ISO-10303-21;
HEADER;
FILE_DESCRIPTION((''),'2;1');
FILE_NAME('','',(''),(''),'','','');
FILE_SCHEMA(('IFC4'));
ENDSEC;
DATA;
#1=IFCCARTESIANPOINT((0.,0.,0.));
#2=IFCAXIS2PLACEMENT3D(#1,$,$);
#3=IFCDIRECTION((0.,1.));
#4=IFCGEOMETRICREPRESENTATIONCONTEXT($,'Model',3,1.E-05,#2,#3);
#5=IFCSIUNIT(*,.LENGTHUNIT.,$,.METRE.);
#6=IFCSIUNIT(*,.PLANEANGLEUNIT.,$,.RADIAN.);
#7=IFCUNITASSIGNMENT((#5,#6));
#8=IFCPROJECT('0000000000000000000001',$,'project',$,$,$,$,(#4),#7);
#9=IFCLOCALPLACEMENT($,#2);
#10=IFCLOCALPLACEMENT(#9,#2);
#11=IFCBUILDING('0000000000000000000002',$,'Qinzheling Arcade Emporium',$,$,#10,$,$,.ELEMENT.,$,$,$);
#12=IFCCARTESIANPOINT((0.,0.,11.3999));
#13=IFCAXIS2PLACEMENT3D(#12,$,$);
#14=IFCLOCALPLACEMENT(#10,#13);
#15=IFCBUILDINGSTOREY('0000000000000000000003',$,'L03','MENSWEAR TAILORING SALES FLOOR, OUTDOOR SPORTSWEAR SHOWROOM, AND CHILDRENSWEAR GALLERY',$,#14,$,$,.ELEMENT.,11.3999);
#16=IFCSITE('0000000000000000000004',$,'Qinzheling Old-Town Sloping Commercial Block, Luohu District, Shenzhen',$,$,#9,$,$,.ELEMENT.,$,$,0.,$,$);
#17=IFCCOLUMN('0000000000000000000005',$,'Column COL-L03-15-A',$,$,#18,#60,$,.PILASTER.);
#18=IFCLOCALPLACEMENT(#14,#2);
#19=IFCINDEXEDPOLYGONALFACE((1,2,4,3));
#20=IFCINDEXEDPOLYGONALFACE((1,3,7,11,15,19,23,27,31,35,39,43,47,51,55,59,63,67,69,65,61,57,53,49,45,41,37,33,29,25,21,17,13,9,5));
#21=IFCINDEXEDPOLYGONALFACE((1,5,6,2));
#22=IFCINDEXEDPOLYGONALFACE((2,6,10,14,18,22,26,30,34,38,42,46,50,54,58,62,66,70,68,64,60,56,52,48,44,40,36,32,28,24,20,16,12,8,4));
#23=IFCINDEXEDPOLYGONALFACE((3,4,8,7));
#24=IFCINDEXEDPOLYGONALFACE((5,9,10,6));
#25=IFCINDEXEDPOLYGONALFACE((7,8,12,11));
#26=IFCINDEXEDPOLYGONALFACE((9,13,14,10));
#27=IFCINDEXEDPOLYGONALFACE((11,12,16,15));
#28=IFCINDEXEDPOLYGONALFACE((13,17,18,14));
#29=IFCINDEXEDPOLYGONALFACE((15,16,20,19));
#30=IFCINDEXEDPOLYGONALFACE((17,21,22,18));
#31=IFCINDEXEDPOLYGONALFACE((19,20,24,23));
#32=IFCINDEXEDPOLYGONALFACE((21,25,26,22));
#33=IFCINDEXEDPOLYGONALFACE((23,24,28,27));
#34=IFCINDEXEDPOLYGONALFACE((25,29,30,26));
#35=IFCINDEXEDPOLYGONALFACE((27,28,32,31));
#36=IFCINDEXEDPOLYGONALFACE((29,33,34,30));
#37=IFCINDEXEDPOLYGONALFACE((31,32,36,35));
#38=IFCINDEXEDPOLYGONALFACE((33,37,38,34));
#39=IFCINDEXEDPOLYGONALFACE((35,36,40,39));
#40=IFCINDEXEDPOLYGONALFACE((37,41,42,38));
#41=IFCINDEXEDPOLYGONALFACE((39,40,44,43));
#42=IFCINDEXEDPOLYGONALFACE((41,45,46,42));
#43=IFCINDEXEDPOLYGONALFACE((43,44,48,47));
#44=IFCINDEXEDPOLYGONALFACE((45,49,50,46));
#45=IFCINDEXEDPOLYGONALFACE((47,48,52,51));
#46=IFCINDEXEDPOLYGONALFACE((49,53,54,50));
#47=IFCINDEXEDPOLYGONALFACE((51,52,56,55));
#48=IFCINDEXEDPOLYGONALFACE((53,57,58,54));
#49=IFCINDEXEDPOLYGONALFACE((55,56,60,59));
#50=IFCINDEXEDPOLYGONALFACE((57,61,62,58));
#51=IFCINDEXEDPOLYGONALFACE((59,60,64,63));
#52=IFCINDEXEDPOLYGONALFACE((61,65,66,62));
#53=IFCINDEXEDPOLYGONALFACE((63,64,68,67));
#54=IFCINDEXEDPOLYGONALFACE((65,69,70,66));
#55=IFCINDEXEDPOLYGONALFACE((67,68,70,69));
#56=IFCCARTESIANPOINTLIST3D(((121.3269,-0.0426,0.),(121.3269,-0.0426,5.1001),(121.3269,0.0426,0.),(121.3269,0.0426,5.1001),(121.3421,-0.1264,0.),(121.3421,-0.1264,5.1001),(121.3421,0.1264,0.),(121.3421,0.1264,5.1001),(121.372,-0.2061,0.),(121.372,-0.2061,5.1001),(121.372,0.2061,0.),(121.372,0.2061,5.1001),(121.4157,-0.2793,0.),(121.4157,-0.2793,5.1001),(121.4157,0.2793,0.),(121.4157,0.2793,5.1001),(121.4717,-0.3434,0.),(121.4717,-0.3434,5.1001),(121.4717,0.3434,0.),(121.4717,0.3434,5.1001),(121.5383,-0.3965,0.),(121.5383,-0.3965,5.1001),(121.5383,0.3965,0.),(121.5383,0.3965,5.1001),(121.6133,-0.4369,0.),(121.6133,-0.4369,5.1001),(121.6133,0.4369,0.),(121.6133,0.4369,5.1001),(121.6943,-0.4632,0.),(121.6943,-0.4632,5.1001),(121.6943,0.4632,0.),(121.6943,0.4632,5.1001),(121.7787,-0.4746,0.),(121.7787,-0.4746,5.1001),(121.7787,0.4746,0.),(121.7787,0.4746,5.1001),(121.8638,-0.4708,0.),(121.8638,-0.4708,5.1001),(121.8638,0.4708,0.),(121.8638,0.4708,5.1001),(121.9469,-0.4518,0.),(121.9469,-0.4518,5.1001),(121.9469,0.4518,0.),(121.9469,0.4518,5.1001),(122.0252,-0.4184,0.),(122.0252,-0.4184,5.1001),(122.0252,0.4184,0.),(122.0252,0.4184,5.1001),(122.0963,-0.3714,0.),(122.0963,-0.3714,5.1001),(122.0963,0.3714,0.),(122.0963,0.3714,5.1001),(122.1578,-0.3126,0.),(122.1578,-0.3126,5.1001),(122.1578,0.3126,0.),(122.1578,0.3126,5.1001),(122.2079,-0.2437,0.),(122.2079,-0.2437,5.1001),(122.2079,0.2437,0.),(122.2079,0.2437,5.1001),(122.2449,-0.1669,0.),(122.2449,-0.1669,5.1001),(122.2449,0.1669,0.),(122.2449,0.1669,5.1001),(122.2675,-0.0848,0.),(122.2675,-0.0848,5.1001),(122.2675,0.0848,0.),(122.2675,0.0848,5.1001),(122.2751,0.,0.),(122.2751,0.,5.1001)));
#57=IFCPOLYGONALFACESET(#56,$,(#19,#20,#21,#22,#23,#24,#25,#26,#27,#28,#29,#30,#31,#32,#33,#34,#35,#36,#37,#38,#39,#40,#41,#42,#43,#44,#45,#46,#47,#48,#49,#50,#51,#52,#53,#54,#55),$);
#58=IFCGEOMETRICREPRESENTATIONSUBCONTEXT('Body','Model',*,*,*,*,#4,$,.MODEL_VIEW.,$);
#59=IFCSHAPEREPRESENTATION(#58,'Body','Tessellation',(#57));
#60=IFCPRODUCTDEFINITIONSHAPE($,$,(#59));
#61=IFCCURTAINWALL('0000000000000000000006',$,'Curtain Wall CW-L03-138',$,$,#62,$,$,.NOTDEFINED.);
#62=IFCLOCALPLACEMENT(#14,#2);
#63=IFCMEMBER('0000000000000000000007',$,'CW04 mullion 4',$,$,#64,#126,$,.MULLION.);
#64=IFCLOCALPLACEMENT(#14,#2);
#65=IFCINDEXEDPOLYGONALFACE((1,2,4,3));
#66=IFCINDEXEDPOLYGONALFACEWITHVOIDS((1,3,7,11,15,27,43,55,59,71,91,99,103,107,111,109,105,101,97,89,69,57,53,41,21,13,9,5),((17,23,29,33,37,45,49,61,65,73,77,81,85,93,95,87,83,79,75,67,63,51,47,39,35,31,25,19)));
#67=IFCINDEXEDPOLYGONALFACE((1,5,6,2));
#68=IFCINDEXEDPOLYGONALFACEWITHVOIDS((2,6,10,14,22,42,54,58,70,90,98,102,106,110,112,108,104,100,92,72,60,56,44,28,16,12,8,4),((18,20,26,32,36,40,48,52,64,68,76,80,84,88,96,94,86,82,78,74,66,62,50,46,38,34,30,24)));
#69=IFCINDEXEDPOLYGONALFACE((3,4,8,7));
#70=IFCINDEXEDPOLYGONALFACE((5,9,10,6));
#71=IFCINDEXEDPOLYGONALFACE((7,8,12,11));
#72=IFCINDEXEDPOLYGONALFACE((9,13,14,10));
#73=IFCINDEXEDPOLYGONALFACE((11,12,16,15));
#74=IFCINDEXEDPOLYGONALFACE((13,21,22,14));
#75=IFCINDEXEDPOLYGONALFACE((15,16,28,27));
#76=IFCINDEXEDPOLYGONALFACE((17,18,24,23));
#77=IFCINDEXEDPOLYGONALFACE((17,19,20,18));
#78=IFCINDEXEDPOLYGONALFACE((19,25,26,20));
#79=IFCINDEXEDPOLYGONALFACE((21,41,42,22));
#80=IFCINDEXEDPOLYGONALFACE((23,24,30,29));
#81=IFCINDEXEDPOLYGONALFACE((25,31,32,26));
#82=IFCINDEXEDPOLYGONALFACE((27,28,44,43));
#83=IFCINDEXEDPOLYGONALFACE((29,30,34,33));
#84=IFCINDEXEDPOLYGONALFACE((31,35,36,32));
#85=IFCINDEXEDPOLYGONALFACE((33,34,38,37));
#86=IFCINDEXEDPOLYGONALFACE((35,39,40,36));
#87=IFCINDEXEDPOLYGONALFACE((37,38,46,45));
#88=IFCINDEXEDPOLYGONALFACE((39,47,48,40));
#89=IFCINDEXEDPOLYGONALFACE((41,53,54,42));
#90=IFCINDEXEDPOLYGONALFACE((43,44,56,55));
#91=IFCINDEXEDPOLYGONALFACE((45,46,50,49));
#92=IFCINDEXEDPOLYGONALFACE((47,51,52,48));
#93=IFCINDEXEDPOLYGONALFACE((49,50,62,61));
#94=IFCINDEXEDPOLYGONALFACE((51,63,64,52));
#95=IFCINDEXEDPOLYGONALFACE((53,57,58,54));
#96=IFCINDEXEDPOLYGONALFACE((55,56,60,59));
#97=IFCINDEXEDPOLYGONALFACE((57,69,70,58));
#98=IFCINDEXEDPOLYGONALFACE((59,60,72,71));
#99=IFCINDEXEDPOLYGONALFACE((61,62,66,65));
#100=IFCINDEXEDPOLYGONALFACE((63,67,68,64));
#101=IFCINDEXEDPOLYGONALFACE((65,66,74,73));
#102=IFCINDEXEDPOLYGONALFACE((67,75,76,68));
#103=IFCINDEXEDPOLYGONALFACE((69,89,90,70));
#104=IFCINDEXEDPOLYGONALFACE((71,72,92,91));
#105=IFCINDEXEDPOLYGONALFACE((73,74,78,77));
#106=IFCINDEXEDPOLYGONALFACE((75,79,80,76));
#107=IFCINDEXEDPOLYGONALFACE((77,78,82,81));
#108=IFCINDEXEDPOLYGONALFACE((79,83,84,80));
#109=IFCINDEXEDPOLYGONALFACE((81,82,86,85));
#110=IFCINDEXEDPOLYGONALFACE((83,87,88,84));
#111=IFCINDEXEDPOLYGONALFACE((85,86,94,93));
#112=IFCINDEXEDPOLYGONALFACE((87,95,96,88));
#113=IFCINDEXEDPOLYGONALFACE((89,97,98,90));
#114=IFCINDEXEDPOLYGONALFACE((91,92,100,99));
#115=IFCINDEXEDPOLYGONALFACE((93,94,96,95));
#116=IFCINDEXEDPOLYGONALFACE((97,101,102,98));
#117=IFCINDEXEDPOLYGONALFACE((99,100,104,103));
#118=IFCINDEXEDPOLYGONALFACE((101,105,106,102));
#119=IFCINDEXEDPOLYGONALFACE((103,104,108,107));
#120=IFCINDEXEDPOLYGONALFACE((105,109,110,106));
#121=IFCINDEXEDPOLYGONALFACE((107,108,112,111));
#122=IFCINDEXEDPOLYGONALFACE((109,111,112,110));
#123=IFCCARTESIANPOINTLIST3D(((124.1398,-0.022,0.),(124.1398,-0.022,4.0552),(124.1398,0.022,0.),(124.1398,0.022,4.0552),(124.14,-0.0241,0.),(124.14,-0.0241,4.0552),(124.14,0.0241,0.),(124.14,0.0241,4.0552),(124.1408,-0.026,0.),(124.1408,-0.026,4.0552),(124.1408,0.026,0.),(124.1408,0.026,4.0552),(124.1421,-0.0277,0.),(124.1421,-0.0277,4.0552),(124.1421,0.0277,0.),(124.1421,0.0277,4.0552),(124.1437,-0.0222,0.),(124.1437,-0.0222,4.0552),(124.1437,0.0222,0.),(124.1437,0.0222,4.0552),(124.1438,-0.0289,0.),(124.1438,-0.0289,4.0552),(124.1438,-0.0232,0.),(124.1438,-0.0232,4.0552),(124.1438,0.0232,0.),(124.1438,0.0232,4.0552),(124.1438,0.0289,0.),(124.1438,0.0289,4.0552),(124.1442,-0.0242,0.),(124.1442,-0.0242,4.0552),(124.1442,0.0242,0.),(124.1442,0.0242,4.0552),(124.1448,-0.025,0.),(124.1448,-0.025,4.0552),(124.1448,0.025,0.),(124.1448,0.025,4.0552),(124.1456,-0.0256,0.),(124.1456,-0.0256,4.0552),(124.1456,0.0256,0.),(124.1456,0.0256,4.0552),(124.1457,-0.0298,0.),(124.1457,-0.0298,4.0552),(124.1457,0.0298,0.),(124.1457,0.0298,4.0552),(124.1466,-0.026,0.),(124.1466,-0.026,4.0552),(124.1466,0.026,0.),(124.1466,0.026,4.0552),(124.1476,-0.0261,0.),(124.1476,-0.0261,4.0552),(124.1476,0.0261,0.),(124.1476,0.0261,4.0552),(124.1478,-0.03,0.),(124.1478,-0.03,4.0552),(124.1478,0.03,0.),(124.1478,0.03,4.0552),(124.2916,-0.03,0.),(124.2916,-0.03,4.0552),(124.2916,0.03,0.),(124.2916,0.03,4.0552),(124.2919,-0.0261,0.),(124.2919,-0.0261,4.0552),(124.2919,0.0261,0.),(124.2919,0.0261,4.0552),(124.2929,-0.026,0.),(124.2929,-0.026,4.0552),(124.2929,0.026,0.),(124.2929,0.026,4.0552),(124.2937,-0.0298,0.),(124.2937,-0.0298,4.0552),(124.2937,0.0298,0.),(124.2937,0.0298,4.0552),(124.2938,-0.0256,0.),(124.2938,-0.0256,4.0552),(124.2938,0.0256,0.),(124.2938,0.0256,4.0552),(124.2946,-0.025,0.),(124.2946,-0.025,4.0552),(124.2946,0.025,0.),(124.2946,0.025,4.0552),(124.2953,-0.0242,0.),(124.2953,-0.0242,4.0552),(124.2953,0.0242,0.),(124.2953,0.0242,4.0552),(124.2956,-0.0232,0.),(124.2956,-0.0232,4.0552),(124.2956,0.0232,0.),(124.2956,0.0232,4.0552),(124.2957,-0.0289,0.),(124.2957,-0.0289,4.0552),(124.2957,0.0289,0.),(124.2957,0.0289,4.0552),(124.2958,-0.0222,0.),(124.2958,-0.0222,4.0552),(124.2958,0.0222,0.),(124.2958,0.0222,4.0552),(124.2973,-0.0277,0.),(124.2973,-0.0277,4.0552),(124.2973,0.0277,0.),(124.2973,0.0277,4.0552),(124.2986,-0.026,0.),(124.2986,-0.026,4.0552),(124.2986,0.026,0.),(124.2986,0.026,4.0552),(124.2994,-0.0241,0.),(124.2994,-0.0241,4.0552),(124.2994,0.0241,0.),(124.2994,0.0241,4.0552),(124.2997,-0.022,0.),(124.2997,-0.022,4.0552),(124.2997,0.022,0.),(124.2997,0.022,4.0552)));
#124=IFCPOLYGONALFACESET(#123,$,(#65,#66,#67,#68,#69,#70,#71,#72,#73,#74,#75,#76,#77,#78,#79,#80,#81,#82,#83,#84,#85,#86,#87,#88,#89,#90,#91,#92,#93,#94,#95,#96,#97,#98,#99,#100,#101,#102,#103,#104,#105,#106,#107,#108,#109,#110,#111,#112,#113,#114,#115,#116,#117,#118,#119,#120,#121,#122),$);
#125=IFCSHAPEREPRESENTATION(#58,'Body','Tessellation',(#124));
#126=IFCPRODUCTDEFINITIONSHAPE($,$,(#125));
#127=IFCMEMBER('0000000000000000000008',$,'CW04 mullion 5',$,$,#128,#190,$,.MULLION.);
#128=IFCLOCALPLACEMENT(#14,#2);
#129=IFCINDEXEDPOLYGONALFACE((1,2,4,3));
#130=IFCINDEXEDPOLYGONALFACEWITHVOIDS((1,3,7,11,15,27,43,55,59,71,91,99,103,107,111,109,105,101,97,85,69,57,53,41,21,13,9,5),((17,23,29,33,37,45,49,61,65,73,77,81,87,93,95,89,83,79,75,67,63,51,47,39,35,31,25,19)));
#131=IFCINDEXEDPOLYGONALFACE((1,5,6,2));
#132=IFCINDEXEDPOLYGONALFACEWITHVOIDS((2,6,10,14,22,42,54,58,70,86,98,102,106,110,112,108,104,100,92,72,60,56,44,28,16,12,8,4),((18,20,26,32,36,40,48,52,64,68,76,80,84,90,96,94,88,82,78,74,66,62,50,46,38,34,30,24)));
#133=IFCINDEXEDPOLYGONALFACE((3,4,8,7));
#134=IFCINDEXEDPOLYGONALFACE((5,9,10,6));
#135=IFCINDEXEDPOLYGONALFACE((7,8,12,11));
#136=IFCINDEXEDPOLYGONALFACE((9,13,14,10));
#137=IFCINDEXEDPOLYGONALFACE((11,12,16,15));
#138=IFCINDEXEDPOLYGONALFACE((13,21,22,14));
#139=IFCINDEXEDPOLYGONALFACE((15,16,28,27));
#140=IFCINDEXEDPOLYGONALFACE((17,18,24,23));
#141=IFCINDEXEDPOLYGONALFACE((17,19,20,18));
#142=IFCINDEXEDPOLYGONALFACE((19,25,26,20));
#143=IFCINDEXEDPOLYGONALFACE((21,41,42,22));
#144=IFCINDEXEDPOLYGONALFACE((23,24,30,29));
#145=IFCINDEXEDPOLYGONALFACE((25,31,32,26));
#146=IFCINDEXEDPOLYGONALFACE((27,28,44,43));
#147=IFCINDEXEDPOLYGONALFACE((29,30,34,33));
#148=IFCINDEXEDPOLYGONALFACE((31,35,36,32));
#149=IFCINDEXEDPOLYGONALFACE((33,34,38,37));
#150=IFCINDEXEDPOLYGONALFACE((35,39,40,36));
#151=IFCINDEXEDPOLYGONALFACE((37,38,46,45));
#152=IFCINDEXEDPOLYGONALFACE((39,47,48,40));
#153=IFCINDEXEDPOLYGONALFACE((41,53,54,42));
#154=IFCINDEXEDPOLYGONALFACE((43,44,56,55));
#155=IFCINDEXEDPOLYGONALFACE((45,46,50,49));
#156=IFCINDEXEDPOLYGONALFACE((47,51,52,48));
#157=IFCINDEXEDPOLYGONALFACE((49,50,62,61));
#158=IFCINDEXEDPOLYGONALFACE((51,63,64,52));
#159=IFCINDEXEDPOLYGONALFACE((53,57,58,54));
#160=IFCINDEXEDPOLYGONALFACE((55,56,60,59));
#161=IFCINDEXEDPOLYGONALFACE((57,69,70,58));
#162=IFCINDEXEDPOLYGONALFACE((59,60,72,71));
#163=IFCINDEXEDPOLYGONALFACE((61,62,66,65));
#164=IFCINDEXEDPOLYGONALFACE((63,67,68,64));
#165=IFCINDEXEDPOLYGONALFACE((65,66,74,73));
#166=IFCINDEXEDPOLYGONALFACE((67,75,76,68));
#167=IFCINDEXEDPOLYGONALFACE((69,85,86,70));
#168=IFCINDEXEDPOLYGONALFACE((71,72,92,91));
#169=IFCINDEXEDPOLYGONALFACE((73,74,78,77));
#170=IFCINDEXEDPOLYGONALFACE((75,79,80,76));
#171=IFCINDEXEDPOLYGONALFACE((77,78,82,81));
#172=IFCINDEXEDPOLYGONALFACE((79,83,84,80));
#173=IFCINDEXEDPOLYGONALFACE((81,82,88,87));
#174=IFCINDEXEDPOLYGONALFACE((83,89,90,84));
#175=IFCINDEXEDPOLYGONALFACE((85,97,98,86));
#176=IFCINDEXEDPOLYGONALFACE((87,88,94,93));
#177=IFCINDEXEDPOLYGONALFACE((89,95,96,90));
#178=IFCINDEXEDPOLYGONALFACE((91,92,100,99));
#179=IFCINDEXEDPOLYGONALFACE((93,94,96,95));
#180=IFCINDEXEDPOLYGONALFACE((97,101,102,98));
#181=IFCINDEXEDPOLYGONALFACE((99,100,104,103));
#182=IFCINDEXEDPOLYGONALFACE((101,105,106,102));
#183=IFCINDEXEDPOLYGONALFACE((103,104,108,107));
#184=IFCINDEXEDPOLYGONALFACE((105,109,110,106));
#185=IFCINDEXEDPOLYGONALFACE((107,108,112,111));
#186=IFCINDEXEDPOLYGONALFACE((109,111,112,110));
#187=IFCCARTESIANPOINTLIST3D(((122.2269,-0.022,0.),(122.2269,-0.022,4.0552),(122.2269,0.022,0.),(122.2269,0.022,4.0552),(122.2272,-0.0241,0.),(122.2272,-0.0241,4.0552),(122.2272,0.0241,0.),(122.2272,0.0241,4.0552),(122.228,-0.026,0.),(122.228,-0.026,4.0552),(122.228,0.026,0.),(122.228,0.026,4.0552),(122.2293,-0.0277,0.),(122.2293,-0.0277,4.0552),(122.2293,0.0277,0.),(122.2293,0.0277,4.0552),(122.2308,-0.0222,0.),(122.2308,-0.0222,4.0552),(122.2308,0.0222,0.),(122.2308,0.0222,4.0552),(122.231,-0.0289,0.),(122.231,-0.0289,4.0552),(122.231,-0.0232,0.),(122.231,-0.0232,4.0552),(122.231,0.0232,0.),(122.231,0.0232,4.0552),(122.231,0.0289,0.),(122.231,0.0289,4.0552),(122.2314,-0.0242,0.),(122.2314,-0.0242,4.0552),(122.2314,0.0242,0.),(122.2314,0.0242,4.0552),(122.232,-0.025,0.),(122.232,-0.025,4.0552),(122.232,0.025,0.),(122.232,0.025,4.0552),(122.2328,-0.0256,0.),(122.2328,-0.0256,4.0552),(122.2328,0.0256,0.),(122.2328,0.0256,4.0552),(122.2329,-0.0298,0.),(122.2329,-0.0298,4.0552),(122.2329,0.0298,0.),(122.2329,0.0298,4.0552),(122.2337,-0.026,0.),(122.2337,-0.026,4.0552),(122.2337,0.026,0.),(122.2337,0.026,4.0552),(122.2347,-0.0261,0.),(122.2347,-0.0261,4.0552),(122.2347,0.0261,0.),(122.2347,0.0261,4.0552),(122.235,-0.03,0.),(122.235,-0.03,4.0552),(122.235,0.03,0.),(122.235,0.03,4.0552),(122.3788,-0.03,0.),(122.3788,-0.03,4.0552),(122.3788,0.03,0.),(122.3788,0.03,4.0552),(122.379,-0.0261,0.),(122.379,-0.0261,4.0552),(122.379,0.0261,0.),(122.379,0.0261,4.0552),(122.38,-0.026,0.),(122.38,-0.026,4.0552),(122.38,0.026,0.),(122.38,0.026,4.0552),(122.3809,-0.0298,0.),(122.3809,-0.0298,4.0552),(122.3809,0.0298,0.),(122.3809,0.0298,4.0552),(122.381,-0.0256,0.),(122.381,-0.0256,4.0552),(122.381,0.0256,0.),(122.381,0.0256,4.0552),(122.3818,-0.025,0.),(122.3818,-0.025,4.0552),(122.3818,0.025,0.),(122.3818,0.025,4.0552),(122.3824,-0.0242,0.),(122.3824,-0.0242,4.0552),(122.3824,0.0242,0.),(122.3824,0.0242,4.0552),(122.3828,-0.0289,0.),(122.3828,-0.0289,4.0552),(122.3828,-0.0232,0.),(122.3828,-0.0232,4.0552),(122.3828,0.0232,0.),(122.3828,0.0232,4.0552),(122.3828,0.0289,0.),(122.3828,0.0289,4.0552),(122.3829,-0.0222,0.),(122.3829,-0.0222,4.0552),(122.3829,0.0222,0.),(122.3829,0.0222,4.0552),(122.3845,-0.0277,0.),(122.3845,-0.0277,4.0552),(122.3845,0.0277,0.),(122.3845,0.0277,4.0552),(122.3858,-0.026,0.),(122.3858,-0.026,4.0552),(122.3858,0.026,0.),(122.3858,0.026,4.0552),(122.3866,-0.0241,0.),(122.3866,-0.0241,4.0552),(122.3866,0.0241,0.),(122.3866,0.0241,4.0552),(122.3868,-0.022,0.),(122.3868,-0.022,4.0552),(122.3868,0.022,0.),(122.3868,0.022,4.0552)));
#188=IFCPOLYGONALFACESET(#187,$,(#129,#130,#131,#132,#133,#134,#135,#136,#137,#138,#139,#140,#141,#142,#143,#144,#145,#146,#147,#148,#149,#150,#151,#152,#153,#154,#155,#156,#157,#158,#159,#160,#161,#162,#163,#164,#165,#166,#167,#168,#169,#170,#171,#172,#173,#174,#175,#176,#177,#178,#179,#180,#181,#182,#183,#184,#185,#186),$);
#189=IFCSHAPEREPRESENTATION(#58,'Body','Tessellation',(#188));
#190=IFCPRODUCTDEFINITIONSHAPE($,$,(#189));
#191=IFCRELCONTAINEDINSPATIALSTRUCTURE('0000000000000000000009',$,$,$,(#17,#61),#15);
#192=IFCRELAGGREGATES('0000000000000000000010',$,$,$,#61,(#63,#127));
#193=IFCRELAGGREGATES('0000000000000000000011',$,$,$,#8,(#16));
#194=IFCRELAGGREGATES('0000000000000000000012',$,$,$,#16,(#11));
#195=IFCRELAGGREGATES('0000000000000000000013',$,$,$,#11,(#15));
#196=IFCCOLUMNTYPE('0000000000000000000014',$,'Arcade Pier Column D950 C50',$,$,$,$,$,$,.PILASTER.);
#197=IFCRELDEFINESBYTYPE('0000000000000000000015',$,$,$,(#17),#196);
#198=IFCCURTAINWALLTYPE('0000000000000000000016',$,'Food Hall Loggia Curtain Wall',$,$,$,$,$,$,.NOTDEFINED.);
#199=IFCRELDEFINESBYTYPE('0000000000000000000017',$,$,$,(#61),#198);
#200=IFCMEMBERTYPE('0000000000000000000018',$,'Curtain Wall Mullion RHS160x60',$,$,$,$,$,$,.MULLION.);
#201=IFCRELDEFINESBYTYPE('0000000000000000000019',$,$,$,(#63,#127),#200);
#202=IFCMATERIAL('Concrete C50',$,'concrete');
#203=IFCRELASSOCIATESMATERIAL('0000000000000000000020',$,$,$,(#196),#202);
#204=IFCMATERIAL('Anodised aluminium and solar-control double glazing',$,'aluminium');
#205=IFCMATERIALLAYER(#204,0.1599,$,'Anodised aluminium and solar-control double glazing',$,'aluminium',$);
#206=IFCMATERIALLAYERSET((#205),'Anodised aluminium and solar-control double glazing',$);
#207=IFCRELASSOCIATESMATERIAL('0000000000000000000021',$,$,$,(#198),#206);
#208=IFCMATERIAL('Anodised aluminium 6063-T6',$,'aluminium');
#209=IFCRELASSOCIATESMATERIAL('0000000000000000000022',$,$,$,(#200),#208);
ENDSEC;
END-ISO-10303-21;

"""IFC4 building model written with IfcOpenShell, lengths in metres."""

from ifc_helpers import new_model, si_unit, direction, frame, origin, origin_2d, place, context, subcontext, project, spatial, hollow_rectangle, circle, extrude, material, layer, layer_set, material_profile, profile_set, type_object, element, aggregate, save


model = new_model("IFC4")

# Units and contexts
model_context = context("Model", 3, precision=1e-05, world=origin(), true_north=direction((0.0, 1.0)))
body_context = subcontext(model_context, "Body", "Model", "MODEL_VIEW")
ifc_project = project(units=[si_unit("LENGTHUNIT", "METRE"), si_unit("PLANEANGLEUNIT", "RADIAN")], contexts=[model_context])

# Site, building, storey
site_placement = place(None, origin())
site = spatial("IfcSite", under=ifc_project, at=site_placement, Name="Qinzheling Old-Town Sloping Commercial Block, Luohu District, Shenzhen", CompositionType="ELEMENT", RefElevation=0.0)
building_placement = place(site_placement, origin())
building = spatial("IfcBuilding", under=site, at=building_placement, Name="Qinzheling Arcade Emporium", CompositionType="ELEMENT")
storey_placement = place(building_placement, frame((0.0, 0.0, 11.3999)))
storey = spatial("IfcBuildingStorey", under=building, at=storey_placement, Name="L03", Description="MENSWEAR TAILORING SALES FLOOR, OUTDOOR SPORTSWEAR SHOWROOM, AND CHILDRENSWEAR GALLERY", CompositionType="ELEMENT", Elevation=11.3999)

# Column
ifc_material_1 = material(Name="Concrete C50", Category="concrete")
ifc_material_profile_1 = material_profile(ifc_material_1, circle(Radius=0.4751, at=origin_2d()), Name="RC D950", Category="concrete")
ifc_profile_set_1 = profile_set([ifc_material_profile_1], Name="Concrete C50")
column_type = type_object("IfcColumnType", Name="Arcade Pier Column D950 C50", PredefinedType="PILASTER", material=ifc_profile_set_1)
column_placement = place(storey_placement, frame((121.8, 0.0, 0.0), z_axis=(0.0, 0.0, 1.0), x_axis=(1.0, 0.0, 0.0)))
element("IfcColumn", 1, at=column_placement, inside=storey, type_object=column_type, Name="Column COL-L03-15-A", PredefinedType="PILASTER", context=body_context, shape_type="SweptSolid", body=[
    extrude(circle(Radius=0.4751, at=origin_2d()), origin(), (0.0, 0.0, 1.0), 5.1001),
])

# Curtain wall, members
ifc_material_2 = material(Name="Anodised aluminium and solar-control double glazing", Category="aluminium")
ifc_layer_1 = layer(ifc_material_2, 0.1599, Name="Anodised aluminium and solar-control double glazing", Category="aluminium")
ifc_layer_set_1 = layer_set([ifc_layer_1], Name="Anodised aluminium and solar-control double glazing")
curtain_wall_type = type_object("IfcCurtainWallType", Name="Food Hall Loggia Curtain Wall", PredefinedType="NOTDEFINED", material=ifc_layer_set_1)
curtain_wall_placement = place(storey_placement, origin())
curtain_wall = element("IfcCurtainWall", 2, at=curtain_wall_placement, inside=storey, type_object=curtain_wall_type, Name="Curtain Wall CW-L03-138", PredefinedType="NOTDEFINED")
ifc_material_3 = material(Name="Anodised aluminium 6063-T6", Category="aluminium")
ifc_material_profile_2 = material_profile(ifc_material_3, hollow_rectangle(XDim=0.0601, YDim=0.1599, WallThickness=0.0039, InnerFilletRadius=0.0039, OuterFilletRadius=0.0081, at=origin_2d()), Name="RHS 160x60x4", Category="aluminium")
ifc_profile_set_2 = profile_set([ifc_material_profile_2], Name="Anodised aluminium 6063-T6")
member_type_1 = type_object("IfcMemberType", Name="Curtain Wall Mullion RHS160x60", PredefinedType="MULLION", material=ifc_profile_set_2)
member_1_placement = place(storey_placement, frame((124.2197, 0.0, 0.0), z_axis=(0.0, 0.0, 1.0), x_axis=(0.0, -1.0, 0.0)))
member_1 = element("IfcMember", 3, at=member_1_placement, type_object=member_type_1, Name="CW04 mullion 4", PredefinedType="MULLION", context=body_context, shape_type="SweptSolid", body=[
    extrude(hollow_rectangle(XDim=0.0601, YDim=0.1599, WallThickness=0.0039, InnerFilletRadius=0.0039, OuterFilletRadius=0.0081, at=origin_2d()), origin(), (0.0, 0.0, 1.0), 4.0552),
])
member_2_placement = place(storey_placement, frame((122.3069, 0.0, 0.0), z_axis=(0.0, 0.0, 1.0), x_axis=(0.0, -1.0, 0.0)))
member_2 = element("IfcMember", 4, at=member_2_placement, type_object=member_type_1, Name="CW04 mullion 5", PredefinedType="MULLION", context=body_context, shape_type="SweptSolid", body=[
    extrude(hollow_rectangle(XDim=0.0601, YDim=0.1599, WallThickness=0.0039, InnerFilletRadius=0.0039, OuterFilletRadius=0.0081, at=origin_2d()), origin(), (0.0, 0.0, 1.0), 4.0552),
])

aggregate(curtain_wall, [member_1, member_2])

save(model, "model.ifc")
